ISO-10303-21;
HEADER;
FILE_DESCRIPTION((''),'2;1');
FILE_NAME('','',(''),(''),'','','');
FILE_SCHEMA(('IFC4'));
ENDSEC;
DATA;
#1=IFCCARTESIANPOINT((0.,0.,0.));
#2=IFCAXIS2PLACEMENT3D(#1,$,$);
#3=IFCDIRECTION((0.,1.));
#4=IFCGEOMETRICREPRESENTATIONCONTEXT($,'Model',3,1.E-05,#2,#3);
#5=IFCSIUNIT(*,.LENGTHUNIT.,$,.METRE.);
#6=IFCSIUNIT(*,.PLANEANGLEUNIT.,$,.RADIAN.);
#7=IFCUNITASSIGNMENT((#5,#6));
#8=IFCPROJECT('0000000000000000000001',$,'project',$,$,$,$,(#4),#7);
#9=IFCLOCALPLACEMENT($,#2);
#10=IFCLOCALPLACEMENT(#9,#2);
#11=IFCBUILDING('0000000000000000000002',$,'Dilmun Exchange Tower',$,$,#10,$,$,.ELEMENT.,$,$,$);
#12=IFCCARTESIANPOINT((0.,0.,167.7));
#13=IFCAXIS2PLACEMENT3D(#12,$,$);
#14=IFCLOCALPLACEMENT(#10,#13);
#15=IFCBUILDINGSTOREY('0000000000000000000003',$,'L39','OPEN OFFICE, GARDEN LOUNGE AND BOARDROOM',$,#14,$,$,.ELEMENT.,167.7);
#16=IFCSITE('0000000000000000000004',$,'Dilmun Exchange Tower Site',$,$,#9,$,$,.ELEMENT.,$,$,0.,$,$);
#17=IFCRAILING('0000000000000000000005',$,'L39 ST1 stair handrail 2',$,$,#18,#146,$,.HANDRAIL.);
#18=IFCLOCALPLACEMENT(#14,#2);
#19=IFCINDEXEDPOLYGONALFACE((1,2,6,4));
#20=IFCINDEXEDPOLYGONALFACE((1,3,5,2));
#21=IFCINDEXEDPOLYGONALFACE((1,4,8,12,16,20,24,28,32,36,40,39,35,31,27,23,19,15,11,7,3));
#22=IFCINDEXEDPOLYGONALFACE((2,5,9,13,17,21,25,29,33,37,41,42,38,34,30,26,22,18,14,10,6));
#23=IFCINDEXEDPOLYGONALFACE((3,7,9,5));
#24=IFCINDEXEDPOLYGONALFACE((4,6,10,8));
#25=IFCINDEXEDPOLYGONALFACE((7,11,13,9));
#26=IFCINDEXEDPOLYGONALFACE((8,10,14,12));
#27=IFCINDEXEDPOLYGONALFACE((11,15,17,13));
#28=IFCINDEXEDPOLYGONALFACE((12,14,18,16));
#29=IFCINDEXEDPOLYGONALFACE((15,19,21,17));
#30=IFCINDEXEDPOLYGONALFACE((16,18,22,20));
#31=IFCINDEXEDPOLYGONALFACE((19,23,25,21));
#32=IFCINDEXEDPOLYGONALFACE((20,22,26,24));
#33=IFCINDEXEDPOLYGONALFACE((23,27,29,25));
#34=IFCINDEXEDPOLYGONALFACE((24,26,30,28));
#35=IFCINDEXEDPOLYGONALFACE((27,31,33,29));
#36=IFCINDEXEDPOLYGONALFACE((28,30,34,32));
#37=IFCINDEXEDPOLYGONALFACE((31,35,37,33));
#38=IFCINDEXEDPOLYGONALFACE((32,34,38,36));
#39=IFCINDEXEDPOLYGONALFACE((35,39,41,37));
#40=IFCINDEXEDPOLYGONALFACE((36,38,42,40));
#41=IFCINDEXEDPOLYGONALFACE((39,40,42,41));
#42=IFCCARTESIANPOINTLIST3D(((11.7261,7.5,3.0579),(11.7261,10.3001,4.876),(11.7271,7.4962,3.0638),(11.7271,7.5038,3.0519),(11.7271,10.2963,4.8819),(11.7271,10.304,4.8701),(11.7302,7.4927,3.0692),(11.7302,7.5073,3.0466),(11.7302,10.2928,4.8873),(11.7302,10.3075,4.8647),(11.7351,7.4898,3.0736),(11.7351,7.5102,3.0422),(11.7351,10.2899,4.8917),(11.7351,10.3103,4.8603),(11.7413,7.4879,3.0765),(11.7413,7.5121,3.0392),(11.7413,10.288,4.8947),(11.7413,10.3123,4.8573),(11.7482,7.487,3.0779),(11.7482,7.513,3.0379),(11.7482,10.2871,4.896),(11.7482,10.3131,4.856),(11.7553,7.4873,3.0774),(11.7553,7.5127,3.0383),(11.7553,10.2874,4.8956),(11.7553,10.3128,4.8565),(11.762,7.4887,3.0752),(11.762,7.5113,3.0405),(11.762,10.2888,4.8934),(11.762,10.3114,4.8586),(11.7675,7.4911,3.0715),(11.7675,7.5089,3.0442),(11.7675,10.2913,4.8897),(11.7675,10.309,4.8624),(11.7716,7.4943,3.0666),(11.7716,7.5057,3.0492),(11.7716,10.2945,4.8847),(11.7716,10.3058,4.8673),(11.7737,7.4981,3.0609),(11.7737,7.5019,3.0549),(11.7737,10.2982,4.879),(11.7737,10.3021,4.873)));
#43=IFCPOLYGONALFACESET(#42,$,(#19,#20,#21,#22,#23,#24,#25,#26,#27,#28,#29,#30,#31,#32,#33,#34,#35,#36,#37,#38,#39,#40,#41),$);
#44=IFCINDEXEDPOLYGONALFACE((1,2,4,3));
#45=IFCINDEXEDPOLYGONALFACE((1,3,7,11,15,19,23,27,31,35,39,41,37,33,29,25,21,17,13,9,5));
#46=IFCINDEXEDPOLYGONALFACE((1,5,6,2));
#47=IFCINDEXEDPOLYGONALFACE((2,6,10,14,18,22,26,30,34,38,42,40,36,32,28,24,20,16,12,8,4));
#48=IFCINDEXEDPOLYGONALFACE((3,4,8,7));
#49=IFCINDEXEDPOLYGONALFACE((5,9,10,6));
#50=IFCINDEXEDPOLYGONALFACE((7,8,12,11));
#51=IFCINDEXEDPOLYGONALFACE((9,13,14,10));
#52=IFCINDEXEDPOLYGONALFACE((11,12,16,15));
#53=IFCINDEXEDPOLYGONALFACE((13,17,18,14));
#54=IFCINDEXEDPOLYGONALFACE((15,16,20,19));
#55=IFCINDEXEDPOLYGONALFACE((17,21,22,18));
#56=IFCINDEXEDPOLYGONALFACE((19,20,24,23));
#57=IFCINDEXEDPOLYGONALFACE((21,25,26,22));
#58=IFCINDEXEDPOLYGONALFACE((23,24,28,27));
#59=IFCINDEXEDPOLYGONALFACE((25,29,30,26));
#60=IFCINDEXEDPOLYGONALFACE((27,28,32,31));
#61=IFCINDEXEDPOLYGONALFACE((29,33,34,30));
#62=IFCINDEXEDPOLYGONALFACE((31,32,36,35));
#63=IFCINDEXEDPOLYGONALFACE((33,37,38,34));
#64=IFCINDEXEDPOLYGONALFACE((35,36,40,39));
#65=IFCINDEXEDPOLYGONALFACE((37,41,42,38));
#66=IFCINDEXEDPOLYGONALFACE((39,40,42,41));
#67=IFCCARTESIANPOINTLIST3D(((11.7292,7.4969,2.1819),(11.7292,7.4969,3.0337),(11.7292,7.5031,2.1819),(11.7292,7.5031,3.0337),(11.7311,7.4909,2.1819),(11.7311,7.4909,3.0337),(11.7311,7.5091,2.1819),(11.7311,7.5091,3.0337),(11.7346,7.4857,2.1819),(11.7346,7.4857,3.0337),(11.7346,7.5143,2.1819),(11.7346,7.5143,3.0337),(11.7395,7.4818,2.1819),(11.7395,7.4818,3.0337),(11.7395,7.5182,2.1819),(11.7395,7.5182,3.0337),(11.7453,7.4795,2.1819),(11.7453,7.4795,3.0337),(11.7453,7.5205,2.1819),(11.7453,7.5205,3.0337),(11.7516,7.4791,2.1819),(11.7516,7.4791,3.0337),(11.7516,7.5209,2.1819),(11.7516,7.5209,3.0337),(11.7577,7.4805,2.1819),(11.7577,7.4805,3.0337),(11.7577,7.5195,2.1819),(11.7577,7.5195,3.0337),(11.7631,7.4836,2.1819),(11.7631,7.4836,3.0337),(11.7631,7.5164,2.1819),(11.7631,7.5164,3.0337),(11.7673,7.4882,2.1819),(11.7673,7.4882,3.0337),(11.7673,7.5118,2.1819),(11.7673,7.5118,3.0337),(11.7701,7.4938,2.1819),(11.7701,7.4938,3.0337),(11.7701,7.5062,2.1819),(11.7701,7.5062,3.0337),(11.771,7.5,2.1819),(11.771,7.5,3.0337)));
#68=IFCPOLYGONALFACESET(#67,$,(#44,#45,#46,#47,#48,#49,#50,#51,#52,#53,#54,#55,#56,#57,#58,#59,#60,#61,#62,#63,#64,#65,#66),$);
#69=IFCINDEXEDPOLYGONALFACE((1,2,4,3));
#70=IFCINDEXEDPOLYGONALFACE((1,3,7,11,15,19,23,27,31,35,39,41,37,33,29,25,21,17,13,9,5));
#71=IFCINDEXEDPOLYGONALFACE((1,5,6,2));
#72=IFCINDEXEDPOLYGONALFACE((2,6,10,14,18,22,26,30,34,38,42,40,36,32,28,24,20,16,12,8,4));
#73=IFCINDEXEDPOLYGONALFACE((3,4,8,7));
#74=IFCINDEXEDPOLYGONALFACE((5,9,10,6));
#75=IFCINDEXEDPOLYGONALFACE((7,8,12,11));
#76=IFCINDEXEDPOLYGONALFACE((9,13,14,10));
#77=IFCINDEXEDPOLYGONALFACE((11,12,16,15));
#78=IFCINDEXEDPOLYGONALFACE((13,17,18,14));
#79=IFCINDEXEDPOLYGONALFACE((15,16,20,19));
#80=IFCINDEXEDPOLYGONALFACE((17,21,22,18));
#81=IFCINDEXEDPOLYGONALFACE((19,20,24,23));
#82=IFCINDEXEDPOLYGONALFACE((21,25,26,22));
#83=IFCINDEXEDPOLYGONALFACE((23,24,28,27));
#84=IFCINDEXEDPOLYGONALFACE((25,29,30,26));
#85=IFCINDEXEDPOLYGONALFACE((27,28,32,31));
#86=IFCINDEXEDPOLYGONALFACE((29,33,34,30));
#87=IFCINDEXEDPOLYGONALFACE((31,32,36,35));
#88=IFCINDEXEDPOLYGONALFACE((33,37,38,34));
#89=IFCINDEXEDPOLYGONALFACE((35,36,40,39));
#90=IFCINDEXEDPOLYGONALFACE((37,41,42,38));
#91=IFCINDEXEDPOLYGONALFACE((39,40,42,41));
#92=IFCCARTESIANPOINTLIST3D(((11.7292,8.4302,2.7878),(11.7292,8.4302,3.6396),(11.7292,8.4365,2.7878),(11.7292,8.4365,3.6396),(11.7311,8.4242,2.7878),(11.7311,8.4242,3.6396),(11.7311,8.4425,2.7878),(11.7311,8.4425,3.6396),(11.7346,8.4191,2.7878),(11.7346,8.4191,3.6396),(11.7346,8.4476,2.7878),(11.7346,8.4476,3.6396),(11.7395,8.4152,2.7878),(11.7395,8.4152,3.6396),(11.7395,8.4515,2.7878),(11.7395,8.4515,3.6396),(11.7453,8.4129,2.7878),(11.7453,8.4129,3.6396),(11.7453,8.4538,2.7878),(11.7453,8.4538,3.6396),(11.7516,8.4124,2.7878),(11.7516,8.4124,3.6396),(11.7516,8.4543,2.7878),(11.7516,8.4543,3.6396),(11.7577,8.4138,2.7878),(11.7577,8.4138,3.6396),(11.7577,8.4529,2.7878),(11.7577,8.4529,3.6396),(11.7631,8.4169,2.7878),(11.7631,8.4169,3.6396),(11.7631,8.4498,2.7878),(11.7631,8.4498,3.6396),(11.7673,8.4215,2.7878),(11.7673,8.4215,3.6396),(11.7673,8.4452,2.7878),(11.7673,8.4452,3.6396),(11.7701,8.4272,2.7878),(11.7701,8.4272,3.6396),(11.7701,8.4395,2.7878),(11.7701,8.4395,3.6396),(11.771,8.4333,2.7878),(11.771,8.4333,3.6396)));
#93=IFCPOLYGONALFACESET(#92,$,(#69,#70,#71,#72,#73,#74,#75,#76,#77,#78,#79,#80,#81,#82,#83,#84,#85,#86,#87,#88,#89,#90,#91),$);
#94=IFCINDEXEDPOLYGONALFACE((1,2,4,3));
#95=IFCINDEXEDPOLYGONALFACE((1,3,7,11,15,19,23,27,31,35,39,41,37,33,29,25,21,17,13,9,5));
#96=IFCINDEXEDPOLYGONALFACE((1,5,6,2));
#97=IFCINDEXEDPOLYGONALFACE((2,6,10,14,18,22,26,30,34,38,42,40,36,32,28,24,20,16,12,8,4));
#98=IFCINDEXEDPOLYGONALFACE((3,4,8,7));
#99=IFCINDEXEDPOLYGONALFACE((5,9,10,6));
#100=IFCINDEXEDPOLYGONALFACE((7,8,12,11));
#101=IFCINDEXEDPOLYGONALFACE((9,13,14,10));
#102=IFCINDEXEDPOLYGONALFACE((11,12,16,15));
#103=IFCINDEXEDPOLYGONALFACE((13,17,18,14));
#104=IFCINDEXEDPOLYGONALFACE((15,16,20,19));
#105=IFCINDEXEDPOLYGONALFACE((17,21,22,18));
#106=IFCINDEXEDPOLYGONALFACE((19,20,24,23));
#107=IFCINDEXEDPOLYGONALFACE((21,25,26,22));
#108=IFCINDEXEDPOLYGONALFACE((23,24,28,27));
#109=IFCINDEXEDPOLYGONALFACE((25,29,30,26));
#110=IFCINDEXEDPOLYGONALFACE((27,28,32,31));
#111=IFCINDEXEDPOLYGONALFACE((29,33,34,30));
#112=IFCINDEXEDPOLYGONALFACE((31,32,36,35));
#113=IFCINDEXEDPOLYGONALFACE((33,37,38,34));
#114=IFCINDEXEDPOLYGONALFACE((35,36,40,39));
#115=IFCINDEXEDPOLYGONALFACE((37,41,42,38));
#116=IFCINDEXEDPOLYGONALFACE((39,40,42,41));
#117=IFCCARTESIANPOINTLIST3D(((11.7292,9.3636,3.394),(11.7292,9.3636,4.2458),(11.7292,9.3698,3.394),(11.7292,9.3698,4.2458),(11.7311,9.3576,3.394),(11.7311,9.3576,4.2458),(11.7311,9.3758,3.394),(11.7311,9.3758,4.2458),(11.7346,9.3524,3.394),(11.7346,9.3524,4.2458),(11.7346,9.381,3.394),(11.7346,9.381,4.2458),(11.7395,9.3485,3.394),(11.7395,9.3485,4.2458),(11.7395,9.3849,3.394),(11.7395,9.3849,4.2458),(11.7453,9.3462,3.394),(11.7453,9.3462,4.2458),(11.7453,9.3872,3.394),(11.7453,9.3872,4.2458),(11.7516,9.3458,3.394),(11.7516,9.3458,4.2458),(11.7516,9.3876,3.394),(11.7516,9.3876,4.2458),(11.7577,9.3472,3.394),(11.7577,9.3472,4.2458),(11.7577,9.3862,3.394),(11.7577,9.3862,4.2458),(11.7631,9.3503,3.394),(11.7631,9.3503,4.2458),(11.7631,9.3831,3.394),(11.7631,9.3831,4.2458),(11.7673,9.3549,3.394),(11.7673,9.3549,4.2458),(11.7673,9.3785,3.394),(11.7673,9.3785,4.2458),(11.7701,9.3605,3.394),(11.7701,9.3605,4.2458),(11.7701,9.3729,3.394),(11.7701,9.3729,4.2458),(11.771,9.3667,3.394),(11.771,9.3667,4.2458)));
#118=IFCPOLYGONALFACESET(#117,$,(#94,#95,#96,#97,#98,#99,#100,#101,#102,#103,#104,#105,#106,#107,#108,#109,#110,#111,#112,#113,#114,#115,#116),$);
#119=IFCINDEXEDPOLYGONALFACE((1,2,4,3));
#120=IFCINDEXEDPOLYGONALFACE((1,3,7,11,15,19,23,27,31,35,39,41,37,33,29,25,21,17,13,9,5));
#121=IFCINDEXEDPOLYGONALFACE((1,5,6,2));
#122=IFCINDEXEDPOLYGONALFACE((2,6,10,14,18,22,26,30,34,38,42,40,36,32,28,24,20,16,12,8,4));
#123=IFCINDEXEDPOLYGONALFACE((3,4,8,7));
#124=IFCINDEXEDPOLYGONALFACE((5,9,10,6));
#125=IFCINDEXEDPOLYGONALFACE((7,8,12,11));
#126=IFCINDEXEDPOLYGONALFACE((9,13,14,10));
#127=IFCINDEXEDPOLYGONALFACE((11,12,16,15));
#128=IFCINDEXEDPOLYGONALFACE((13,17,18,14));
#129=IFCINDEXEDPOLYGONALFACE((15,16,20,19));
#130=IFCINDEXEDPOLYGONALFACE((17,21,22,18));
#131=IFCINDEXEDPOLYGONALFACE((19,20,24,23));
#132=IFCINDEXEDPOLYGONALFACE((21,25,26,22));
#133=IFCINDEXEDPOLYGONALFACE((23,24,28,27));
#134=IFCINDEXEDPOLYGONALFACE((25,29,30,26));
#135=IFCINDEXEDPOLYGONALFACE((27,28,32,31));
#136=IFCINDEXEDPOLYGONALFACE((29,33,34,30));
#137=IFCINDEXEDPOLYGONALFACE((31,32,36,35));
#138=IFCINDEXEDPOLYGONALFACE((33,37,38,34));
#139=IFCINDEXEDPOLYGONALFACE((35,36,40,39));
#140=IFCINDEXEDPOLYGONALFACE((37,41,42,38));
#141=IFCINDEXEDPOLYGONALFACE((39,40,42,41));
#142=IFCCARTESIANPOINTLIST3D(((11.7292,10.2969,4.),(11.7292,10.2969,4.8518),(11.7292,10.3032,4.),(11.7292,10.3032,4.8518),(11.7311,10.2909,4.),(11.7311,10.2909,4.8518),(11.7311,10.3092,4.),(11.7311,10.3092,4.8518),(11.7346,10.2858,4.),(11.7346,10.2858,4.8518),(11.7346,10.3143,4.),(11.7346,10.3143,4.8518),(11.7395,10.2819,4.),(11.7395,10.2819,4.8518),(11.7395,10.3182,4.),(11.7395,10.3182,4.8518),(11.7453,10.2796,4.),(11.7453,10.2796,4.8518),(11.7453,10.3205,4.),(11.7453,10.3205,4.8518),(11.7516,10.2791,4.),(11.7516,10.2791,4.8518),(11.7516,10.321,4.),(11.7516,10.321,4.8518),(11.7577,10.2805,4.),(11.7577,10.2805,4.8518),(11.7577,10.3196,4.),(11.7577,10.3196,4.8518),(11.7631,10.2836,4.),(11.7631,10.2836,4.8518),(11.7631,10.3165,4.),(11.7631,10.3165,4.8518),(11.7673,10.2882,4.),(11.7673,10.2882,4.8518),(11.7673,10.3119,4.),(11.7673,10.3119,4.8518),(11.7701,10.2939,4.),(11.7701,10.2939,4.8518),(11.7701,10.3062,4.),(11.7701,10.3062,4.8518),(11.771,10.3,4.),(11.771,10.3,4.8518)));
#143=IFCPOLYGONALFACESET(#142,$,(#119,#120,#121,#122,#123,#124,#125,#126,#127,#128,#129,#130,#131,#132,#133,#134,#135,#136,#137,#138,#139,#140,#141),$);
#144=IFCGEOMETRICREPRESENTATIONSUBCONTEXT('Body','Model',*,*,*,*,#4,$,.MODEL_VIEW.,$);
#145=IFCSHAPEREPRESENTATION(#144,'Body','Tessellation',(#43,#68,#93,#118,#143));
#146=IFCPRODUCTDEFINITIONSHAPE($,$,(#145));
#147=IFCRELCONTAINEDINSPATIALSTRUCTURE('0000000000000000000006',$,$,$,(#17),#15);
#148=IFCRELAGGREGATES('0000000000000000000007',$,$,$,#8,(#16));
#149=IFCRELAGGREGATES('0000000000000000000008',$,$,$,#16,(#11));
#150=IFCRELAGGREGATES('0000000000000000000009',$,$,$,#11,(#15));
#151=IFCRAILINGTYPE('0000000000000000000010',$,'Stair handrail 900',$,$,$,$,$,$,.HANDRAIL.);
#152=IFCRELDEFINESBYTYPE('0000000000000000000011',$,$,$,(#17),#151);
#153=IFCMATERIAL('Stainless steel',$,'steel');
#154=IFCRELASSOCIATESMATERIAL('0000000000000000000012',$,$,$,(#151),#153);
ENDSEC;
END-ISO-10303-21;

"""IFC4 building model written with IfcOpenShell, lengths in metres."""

from ifc_helpers import new_model, si_unit, direction, frame, origin, origin_2d, place, context, subcontext, project, spatial, circle, extrude, material, type_object, element, save


model = new_model("IFC4")

# Units and contexts
model_context = context("Model", 3, precision=1e-05, world=origin(), true_north=direction((0.0, 1.0)))
body_context = subcontext(model_context, "Body", "Model", "MODEL_VIEW")
ifc_project = project(units=[si_unit("LENGTHUNIT", "METRE"), si_unit("PLANEANGLEUNIT", "RADIAN")], contexts=[model_context])

# Site, building, storey
site_placement = place(None, origin())
site = spatial("IfcSite", under=ifc_project, at=site_placement, Name="Dilmun Exchange Tower Site", CompositionType="ELEMENT", RefElevation=0.0)
building_placement = place(site_placement, origin())
building = spatial("IfcBuilding", under=site, at=building_placement, Name="Dilmun Exchange Tower", CompositionType="ELEMENT")
storey_placement = place(building_placement, frame((0.0, 0.0, 167.7)))
storey = spatial("IfcBuildingStorey", under=building, at=storey_placement, Name="L39", Description="OPEN OFFICE, GARDEN LOUNGE AND BOARDROOM", CompositionType="ELEMENT", Elevation=167.7)

# Railing
ifc_material_1 = material(Name="Stainless steel", Category="steel")
railing_type = type_object("IfcRailingType", Name="Stair handrail 900", PredefinedType="HANDRAIL", material=ifc_material_1)
railing_1_placement = place(storey_placement, frame((11.75, 7.5, 2.1819)))
element("IfcRailing", 1, at=railing_1_placement, inside=storey, type_object=railing_type, Name="L39 ST1 stair handrail 2", PredefinedType="HANDRAIL", context=body_context, shape_type="SweptSolid", body=[
    extrude(circle(Radius=0.0239, at=origin_2d()), frame((0.0, 0.0, 0.876), z_axis=(0.0, 0.838706, 0.544585), x_axis=(-1.0, 0.0, 0.0)), (0.0, 0.0, 1.0), 3.3386),
    extrude(circle(Radius=0.021, at=origin_2d()), origin(), (0.0, 0.0, 1.0), 0.8518),
    extrude(circle(Radius=0.021, at=origin_2d()), frame((0.0, 0.9333, 0.606)), (0.0, 0.0, 1.0), 0.8518),
    extrude(circle(Radius=0.021, at=origin_2d()), frame((0.0, 1.8667, 1.2122)), (0.0, 0.0, 1.0), 0.8518),
    extrude(circle(Radius=0.021, at=origin_2d()), frame((0.0, 2.8, 1.8181)), (0.0, 0.0, 1.0), 0.8518),
])

save(model, "model.ifc")
